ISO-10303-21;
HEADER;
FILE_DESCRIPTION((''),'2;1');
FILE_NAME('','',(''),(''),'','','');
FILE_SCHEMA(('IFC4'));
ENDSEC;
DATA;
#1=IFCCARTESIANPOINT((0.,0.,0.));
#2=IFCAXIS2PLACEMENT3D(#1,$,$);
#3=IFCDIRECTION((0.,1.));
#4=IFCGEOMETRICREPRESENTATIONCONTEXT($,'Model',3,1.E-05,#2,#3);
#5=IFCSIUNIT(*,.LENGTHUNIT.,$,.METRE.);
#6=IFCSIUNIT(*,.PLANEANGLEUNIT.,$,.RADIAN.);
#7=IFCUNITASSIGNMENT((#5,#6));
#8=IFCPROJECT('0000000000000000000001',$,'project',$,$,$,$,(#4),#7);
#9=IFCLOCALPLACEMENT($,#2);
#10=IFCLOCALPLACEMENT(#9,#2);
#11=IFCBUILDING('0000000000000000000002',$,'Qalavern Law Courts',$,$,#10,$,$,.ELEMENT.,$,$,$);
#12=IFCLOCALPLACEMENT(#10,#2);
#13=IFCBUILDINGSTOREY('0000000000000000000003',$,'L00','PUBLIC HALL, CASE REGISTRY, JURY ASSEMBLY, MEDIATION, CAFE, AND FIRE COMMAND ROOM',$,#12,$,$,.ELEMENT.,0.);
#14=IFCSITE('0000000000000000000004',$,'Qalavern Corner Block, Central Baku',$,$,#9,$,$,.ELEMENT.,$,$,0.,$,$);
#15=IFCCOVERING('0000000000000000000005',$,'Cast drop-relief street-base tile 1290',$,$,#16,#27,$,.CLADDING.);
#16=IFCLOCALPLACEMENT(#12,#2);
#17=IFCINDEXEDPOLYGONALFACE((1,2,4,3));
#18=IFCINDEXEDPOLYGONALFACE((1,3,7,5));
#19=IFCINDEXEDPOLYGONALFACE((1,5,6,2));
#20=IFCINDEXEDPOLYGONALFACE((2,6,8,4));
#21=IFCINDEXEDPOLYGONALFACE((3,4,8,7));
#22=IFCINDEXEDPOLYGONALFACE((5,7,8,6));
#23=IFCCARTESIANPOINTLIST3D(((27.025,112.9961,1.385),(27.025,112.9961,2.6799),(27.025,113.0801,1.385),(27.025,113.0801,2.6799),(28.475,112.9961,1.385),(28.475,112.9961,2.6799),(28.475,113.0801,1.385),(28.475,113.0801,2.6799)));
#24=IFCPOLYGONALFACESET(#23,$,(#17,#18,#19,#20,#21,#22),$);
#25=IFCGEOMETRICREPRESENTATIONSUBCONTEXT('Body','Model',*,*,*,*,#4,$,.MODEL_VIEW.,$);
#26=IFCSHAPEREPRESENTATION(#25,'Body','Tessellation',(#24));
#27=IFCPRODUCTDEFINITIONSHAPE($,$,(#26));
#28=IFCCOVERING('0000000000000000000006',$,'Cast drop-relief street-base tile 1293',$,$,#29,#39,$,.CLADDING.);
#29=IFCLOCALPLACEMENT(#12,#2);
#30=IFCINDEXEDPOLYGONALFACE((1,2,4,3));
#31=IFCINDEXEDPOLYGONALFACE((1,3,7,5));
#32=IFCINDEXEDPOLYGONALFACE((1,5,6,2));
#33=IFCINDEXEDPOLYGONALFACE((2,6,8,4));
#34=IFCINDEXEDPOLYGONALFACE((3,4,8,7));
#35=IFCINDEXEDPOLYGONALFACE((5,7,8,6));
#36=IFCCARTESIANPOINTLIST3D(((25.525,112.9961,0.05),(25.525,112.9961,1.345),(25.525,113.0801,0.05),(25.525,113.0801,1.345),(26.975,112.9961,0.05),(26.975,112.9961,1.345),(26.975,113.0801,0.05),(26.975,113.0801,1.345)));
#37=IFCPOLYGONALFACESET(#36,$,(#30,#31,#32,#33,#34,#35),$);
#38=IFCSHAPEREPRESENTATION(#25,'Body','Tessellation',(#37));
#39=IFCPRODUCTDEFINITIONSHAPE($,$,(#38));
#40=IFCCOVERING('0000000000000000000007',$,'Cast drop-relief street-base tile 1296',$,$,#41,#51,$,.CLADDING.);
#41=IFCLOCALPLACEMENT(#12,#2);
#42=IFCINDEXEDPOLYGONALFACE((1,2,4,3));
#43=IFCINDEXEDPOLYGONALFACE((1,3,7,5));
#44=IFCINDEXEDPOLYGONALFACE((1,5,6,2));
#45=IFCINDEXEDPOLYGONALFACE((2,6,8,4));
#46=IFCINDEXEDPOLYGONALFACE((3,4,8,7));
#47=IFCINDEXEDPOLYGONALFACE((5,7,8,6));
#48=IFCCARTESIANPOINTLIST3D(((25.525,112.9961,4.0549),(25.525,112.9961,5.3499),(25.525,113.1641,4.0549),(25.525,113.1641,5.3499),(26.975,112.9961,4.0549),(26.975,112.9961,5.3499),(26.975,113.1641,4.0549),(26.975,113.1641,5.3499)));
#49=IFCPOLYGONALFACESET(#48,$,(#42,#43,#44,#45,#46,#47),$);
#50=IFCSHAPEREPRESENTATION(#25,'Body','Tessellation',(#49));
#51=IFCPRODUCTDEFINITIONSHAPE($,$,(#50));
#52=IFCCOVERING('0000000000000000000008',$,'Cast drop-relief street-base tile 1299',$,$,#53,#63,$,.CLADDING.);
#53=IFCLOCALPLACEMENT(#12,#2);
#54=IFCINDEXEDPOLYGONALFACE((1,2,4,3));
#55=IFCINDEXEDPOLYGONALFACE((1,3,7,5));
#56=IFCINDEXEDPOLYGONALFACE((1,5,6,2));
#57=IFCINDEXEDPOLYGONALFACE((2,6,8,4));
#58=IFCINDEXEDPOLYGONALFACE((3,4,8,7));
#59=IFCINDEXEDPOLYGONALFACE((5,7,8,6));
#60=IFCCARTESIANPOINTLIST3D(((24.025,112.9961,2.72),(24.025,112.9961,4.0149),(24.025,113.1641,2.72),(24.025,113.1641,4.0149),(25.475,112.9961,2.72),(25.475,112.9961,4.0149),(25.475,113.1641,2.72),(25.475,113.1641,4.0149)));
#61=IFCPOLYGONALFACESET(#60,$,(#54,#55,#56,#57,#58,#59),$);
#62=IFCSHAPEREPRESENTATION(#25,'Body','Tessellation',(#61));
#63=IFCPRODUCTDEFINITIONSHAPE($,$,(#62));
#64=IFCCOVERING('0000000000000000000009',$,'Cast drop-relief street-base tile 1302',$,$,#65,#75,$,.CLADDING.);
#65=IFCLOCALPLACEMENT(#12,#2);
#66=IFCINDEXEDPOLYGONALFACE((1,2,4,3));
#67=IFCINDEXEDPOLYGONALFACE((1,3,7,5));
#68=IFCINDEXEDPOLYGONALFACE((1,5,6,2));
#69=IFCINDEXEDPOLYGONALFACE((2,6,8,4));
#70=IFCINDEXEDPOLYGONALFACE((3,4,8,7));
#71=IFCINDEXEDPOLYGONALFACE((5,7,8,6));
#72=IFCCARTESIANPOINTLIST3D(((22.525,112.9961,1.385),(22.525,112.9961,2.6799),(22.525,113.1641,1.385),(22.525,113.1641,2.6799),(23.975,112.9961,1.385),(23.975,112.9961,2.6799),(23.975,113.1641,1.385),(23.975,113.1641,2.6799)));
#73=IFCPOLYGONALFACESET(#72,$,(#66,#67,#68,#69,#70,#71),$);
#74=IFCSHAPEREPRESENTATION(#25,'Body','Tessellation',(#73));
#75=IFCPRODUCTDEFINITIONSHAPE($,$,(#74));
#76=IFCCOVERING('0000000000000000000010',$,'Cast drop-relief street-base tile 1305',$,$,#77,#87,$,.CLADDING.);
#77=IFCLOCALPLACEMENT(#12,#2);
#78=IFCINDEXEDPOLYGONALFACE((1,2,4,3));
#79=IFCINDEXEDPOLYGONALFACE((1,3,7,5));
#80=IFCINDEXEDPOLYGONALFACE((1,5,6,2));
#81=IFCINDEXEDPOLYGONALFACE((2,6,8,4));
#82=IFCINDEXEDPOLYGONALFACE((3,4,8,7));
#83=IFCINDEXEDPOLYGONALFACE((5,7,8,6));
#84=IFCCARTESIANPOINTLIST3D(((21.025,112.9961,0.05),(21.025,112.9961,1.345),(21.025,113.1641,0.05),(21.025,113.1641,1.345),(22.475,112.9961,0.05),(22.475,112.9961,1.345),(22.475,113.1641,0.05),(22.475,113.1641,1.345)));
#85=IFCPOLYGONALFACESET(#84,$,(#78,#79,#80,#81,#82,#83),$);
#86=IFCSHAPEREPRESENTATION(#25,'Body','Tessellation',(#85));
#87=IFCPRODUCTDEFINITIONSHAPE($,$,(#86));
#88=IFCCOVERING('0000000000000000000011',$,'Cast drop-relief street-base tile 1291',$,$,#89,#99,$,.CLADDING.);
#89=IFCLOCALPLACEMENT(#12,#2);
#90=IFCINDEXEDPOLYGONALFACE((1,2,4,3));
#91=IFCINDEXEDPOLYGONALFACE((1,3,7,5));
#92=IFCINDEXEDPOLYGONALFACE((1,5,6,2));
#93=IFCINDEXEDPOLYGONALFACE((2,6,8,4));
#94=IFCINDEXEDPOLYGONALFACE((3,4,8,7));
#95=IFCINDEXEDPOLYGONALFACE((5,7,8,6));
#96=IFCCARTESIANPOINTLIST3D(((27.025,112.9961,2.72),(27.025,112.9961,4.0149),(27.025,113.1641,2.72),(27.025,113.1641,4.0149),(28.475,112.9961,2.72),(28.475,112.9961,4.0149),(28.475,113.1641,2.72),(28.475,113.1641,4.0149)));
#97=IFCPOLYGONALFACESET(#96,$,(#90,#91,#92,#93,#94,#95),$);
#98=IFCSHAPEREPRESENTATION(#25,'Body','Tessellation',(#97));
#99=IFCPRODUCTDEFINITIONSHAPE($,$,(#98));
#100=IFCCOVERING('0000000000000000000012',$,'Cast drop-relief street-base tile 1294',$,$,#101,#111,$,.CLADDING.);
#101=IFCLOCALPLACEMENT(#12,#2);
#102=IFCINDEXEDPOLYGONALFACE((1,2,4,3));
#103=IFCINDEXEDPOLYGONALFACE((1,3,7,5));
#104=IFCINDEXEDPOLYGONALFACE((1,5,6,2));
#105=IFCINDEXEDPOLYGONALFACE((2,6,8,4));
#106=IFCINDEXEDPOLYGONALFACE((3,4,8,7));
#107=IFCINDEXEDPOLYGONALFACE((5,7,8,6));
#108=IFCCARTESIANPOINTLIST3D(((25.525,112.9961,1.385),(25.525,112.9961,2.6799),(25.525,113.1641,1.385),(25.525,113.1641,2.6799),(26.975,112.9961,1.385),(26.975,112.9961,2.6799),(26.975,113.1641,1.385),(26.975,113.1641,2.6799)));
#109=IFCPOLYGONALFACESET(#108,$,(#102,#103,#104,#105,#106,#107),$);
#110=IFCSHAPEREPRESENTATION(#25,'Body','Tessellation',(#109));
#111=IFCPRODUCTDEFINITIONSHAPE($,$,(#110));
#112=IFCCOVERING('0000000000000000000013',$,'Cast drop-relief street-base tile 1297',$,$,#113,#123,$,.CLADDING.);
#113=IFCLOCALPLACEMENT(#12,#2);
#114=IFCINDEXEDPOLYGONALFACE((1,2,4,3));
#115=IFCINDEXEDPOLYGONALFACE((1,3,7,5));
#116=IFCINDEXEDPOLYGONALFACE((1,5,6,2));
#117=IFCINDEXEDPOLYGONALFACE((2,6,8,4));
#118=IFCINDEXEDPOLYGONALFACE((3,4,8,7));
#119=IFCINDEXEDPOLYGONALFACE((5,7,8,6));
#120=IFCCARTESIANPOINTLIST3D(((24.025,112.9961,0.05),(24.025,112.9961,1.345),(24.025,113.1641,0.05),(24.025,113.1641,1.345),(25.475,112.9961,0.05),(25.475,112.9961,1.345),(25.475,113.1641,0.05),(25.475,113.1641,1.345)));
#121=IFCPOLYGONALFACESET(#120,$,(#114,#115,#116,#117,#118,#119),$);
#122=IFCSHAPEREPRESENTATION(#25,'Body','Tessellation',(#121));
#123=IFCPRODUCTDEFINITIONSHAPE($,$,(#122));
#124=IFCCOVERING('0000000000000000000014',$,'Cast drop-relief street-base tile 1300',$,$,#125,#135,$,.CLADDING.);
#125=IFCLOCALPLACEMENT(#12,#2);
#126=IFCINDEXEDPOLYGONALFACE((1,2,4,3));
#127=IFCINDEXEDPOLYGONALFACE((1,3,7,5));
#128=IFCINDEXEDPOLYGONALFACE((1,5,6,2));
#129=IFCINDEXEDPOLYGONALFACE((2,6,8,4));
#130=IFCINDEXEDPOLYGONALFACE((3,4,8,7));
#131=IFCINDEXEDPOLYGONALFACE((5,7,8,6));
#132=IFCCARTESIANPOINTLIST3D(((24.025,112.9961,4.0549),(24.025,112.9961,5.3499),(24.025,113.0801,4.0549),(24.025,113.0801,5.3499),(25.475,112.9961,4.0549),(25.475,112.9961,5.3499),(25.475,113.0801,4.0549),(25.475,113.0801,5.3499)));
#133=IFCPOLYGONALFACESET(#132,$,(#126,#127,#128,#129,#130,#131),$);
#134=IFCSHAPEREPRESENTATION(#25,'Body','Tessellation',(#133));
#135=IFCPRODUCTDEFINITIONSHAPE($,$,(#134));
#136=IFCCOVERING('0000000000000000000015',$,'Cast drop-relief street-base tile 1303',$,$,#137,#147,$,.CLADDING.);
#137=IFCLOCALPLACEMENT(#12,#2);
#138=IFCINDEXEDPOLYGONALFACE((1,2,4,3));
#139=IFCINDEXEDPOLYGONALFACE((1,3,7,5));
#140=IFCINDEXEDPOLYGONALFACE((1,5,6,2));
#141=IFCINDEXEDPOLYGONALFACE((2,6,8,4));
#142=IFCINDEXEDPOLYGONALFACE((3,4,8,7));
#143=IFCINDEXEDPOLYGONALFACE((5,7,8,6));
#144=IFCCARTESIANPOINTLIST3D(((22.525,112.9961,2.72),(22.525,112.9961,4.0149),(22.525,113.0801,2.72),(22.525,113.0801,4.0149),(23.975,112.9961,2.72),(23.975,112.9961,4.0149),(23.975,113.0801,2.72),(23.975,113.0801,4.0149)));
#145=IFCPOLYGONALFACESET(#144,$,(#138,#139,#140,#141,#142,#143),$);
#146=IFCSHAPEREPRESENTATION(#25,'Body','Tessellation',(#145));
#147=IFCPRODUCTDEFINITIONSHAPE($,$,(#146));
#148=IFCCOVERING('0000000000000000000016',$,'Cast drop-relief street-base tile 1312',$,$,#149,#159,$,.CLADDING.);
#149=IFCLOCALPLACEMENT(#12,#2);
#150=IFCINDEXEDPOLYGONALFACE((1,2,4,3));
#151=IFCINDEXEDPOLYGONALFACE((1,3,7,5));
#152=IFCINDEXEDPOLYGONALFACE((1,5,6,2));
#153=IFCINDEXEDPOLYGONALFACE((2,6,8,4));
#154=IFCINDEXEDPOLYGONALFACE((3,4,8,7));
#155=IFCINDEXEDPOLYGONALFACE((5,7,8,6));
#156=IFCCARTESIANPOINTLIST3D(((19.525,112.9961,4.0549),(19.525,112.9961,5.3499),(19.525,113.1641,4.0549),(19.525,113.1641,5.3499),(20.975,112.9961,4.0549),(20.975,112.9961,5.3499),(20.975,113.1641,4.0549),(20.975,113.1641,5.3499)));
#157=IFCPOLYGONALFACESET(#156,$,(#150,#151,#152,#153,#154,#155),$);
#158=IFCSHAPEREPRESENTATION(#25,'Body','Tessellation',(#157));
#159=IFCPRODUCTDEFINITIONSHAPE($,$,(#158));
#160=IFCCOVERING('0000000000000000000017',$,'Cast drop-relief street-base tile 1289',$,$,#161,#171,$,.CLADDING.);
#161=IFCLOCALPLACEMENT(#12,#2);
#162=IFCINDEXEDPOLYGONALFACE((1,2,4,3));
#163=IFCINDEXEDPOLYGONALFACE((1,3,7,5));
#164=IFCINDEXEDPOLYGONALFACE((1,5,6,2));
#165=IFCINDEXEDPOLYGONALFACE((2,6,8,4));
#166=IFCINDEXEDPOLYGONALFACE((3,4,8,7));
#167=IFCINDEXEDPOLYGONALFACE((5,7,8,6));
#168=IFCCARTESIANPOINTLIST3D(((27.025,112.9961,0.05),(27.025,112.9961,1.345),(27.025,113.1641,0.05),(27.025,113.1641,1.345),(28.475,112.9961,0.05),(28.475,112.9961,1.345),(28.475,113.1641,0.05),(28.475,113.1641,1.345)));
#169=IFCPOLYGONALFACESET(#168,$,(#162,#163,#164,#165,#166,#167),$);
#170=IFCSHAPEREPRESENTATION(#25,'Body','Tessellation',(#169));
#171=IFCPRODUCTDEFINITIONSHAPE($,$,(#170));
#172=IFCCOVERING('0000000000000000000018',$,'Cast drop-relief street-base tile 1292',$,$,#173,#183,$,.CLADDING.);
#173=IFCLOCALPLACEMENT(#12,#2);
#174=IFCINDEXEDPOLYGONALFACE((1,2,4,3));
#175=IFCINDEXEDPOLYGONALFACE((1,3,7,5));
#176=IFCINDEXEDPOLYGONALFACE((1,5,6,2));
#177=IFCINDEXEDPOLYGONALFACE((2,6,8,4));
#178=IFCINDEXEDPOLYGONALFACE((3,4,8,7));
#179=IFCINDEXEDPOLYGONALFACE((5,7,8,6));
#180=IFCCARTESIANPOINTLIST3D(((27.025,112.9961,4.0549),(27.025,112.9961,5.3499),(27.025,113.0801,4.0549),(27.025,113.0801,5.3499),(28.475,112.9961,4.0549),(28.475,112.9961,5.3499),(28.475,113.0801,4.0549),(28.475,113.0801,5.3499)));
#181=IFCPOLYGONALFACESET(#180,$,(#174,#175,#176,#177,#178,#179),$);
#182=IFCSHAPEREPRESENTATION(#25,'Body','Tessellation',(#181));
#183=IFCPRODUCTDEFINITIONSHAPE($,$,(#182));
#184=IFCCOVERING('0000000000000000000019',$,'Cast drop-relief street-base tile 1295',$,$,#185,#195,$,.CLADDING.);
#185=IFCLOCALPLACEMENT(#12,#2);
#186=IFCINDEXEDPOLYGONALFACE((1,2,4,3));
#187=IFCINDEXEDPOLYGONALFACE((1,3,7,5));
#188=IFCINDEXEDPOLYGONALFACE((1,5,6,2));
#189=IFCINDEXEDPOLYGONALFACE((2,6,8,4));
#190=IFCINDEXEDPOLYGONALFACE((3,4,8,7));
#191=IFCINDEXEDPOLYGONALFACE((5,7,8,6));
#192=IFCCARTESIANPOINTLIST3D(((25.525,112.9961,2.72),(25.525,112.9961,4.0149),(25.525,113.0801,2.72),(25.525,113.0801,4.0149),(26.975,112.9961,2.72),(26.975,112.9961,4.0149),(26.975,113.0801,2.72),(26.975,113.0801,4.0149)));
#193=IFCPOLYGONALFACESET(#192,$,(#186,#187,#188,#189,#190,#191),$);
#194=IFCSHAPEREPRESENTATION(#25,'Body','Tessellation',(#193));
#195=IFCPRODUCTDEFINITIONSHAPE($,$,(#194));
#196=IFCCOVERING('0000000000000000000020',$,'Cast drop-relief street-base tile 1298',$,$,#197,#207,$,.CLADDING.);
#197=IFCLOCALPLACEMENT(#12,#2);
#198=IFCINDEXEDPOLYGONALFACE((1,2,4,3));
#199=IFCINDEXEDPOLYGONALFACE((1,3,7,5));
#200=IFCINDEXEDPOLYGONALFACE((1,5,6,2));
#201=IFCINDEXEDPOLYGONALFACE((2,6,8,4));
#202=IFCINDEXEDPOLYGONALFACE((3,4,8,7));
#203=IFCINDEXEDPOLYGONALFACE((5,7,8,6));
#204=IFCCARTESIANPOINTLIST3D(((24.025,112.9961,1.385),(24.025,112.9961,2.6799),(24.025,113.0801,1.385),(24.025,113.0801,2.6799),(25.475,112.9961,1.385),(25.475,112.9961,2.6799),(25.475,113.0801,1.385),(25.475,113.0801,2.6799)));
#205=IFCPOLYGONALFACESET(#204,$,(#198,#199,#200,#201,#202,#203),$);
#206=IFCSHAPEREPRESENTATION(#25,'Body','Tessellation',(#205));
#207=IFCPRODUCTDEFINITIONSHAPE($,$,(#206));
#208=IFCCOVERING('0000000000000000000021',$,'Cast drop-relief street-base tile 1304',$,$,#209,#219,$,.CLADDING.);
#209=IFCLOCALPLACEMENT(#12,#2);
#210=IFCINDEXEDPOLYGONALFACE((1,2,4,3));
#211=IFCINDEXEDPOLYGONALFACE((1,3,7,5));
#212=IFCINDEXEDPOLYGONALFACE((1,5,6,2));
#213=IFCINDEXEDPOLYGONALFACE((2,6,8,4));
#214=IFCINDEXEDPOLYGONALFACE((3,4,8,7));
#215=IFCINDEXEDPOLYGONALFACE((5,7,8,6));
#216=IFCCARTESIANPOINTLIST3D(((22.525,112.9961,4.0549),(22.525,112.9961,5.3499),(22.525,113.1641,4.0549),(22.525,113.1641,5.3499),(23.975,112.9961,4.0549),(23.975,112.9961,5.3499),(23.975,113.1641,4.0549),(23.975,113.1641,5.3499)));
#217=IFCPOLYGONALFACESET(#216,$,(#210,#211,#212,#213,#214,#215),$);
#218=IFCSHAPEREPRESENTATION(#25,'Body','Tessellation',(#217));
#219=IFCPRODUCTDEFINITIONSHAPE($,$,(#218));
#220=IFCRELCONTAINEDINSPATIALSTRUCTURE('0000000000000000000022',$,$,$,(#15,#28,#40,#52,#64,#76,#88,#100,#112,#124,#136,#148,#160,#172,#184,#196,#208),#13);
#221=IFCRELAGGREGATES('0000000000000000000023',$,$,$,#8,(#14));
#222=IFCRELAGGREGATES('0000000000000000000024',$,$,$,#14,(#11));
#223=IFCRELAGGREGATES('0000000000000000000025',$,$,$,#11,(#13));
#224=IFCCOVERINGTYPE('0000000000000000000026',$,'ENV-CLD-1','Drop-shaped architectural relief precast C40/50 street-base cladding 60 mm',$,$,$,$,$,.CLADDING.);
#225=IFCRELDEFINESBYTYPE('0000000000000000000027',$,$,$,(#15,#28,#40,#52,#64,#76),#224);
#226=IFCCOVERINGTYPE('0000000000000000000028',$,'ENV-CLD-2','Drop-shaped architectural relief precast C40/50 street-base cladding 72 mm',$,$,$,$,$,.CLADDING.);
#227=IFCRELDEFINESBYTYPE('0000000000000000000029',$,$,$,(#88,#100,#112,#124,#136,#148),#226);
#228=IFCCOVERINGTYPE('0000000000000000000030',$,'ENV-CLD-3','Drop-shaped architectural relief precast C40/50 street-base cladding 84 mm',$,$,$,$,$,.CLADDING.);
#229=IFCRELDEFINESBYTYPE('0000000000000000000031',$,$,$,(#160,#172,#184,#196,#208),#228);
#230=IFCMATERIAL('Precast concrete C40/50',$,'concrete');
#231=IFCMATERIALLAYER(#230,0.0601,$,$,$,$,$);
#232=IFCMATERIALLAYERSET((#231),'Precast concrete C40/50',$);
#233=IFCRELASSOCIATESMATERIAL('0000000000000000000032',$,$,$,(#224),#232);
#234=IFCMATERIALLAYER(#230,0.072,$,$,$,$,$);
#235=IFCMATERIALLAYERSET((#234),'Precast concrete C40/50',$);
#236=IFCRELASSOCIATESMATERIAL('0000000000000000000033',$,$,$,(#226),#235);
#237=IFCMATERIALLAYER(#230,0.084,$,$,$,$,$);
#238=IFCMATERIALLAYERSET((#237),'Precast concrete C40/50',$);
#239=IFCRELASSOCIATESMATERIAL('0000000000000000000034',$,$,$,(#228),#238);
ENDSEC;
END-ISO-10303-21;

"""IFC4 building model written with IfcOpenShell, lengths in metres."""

from ifc_helpers import new_model, si_unit, direction, frame, origin, origin_2d, place, context, subcontext, project, spatial, rectangle, extrude, material, layer, layer_set, type_object, element, save


model = new_model("IFC4")

# Units and contexts
model_context = context("Model", 3, precision=1e-05, world=origin(), true_north=direction((0.0, 1.0)))
body_context = subcontext(model_context, "Body", "Model", "MODEL_VIEW")
ifc_project = project(units=[si_unit("LENGTHUNIT", "METRE"), si_unit("PLANEANGLEUNIT", "RADIAN")], contexts=[model_context])

# Site, building, storey
site_placement = place(None, origin())
site = spatial("IfcSite", under=ifc_project, at=site_placement, Name="Qalavern Corner Block, Central Baku", CompositionType="ELEMENT", RefElevation=0.0)
building_placement = place(site_placement, origin())
building = spatial("IfcBuilding", under=site, at=building_placement, Name="Qalavern Law Courts", CompositionType="ELEMENT")
storey_placement = place(building_placement, origin())
storey = spatial("IfcBuildingStorey", under=building, at=storey_placement, Name="L00", Description="PUBLIC HALL, CASE REGISTRY, JURY ASSEMBLY, MEDIATION, CAFE, AND FIRE COMMAND ROOM", CompositionType="ELEMENT", Elevation=0.0)

# Coverings
ifc_material = material(Name="Precast concrete C40/50", Category="concrete")
ifc_layer_1 = layer(ifc_material, 0.0601)
ifc_layer_set_1 = layer_set([ifc_layer_1], Name="Precast concrete C40/50")
covering_type_1 = type_object("IfcCoveringType", Name="ENV-CLD-1", Description="Drop-shaped architectural relief precast C40/50 street-base cladding 60 mm", PredefinedType="CLADDING", material=ifc_layer_set_1)
for number, where, z_axis, x_axis, name in (
    (1, (27.75, 113.0381, 1.385), (0.0, 0.0, 1.0), (-1.0, 0.0, 0.0), "Cast drop-relief street-base tile 1290"),
    (2, (26.25, 113.0381, 0.05), (0.0, 0.0, 1.0), (-1.0, 0.0, 0.0), "Cast drop-relief street-base tile 1293"),
):
    element("IfcCovering", number, at=place(storey_placement, frame(where, z_axis=z_axis, x_axis=x_axis)), inside=storey, type_object=covering_type_1, Name=name, PredefinedType="CLADDING", context=body_context, shape_type="SweptSolid", body=[
        extrude(rectangle(XDim=1.45, YDim=0.084, at=origin_2d()), origin(), (0.0, 0.0, 1.0), 1.2949),
    ])
for number, where, z_axis, x_axis, name in (
    (3, (26.25, 113.0801, 4.0549), (0.0, 0.0, 1.0), (-1.0, 0.0, 0.0), "Cast drop-relief street-base tile 1296"),
    (4, (24.75, 113.0801, 2.72), (0.0, 0.0, 1.0), (-1.0, 0.0, 0.0), "Cast drop-relief street-base tile 1299"),
    (5, (23.25, 113.0801, 1.385), (0.0, 0.0, 1.0), (-1.0, 0.0, 0.0), "Cast drop-relief street-base tile 1302"),
    (6, (21.75, 113.0801, 0.05), (0.0, 0.0, 1.0), (-1.0, 0.0, 0.0), "Cast drop-relief street-base tile 1305"),
):
    element("IfcCovering", number, at=place(storey_placement, frame(where, z_axis=z_axis, x_axis=x_axis)), inside=storey, type_object=covering_type_1, Name=name, PredefinedType="CLADDING", context=body_context, shape_type="SweptSolid", body=[
        extrude(rectangle(XDim=1.45, YDim=0.168, at=origin_2d()), origin(), (0.0, 0.0, 1.0), 1.2949),
    ])
ifc_layer_2 = layer(ifc_material, 0.072)
ifc_layer_set_2 = layer_set([ifc_layer_2], Name="Precast concrete C40/50")
covering_type_2 = type_object("IfcCoveringType", Name="ENV-CLD-2", Description="Drop-shaped architectural relief precast C40/50 street-base cladding 72 mm", PredefinedType="CLADDING", material=ifc_layer_set_2)
for number, where, z_axis, x_axis, name in (
    (7, (27.75, 113.0801, 2.72), (0.0, 0.0, 1.0), (-1.0, 0.0, 0.0), "Cast drop-relief street-base tile 1291"),
    (8, (26.25, 113.0801, 1.385), (0.0, 0.0, 1.0), (-1.0, 0.0, 0.0), "Cast drop-relief street-base tile 1294"),
    (9, (24.75, 113.0801, 0.05), (0.0, 0.0, 1.0), (-1.0, 0.0, 0.0), "Cast drop-relief street-base tile 1297"),
):
    element("IfcCovering", number, at=place(storey_placement, frame(where, z_axis=z_axis, x_axis=x_axis)), inside=storey, type_object=covering_type_2, Name=name, PredefinedType="CLADDING", context=body_context, shape_type="SweptSolid", body=[
        extrude(rectangle(XDim=1.45, YDim=0.168, at=origin_2d()), origin(), (0.0, 0.0, 1.0), 1.2949),
    ])
for number, where, z_axis, x_axis, name in (
    (10, (24.75, 113.0381, 4.0549), (0.0, 0.0, 1.0), (-1.0, 0.0, 0.0), "Cast drop-relief street-base tile 1300"),
    (11, (23.25, 113.0381, 2.72), (0.0, 0.0, 1.0), (-1.0, 0.0, 0.0), "Cast drop-relief street-base tile 1303"),
):
    element("IfcCovering", number, at=place(storey_placement, frame(where, z_axis=z_axis, x_axis=x_axis)), inside=storey, type_object=covering_type_2, Name=name, PredefinedType="CLADDING", context=body_context, shape_type="SweptSolid", body=[
        extrude(rectangle(XDim=1.45, YDim=0.084, at=origin_2d()), origin(), (0.0, 0.0, 1.0), 1.2949),
    ])
covering_1_placement = place(storey_placement, frame((20.25, 113.0801, 4.0549), z_axis=(0.0, 0.0, 1.0), x_axis=(-1.0, 0.0, 0.0)))
element("IfcCovering", 12, at=covering_1_placement, inside=storey, type_object=covering_type_2, Name="Cast drop-relief street-base tile 1312", PredefinedType="CLADDING", context=body_context, shape_type="SweptSolid", body=[
    extrude(rectangle(XDim=1.45, YDim=0.168, at=origin_2d()), origin(), (0.0, 0.0, 1.0), 1.2949),
])
ifc_layer_3 = layer(ifc_material, 0.084)
ifc_layer_set_3 = layer_set([ifc_layer_3], Name="Precast concrete C40/50")
covering_type_3 = type_object("IfcCoveringType", Name="ENV-CLD-3", Description="Drop-shaped architectural relief precast C40/50 street-base cladding 84 mm", PredefinedType="CLADDING", material=ifc_layer_set_3)
covering_2_placement = place(storey_placement, frame((27.75, 113.0801, 0.05), z_axis=(0.0, 0.0, 1.0), x_axis=(-1.0, 0.0, 0.0)))
element("IfcCovering", 13, at=covering_2_placement, inside=storey, type_object=covering_type_3, Name="Cast drop-relief street-base tile 1289", PredefinedType="CLADDING", context=body_context, shape_type="SweptSolid", body=[
    extrude(rectangle(XDim=1.45, YDim=0.168, at=origin_2d()), origin(), (0.0, 0.0, 1.0), 1.2949),
])
for number, where, z_axis, x_axis, name in (
    (14, (27.75, 113.0381, 4.0549), (0.0, 0.0, 1.0), (-1.0, 0.0, 0.0), "Cast drop-relief street-base tile 1292"),
    (15, (26.25, 113.0381, 2.72), (0.0, 0.0, 1.0), (-1.0, 0.0, 0.0), "Cast drop-relief street-base tile 1295"),
    (16, (24.75, 113.0381, 1.385), (0.0, 0.0, 1.0), (-1.0, 0.0, 0.0), "Cast drop-relief street-base tile 1298"),
):
    element("IfcCovering", number, at=place(storey_placement, frame(where, z_axis=z_axis, x_axis=x_axis)), inside=storey, type_object=covering_type_3, Name=name, PredefinedType="CLADDING", context=body_context, shape_type="SweptSolid", body=[
        extrude(rectangle(XDim=1.45, YDim=0.084, at=origin_2d()), origin(), (0.0, 0.0, 1.0), 1.2949),
    ])
for number, where, z_axis, x_axis, name in (
    (17, (23.25, 113.0801, 4.0549), (0.0, 0.0, 1.0), (-1.0, 0.0, 0.0), "Cast drop-relief street-base tile 1304"),
):
    element("IfcCovering", number, at=place(storey_placement, frame(where, z_axis=z_axis, x_axis=x_axis)), inside=storey, type_object=covering_type_3, Name=name, PredefinedType="CLADDING", context=body_context, shape_type="SweptSolid", body=[
        extrude(rectangle(XDim=1.45, YDim=0.168, at=origin_2d()), origin(), (0.0, 0.0, 1.0), 1.2949),
    ])

save(model, "model.ifc")
